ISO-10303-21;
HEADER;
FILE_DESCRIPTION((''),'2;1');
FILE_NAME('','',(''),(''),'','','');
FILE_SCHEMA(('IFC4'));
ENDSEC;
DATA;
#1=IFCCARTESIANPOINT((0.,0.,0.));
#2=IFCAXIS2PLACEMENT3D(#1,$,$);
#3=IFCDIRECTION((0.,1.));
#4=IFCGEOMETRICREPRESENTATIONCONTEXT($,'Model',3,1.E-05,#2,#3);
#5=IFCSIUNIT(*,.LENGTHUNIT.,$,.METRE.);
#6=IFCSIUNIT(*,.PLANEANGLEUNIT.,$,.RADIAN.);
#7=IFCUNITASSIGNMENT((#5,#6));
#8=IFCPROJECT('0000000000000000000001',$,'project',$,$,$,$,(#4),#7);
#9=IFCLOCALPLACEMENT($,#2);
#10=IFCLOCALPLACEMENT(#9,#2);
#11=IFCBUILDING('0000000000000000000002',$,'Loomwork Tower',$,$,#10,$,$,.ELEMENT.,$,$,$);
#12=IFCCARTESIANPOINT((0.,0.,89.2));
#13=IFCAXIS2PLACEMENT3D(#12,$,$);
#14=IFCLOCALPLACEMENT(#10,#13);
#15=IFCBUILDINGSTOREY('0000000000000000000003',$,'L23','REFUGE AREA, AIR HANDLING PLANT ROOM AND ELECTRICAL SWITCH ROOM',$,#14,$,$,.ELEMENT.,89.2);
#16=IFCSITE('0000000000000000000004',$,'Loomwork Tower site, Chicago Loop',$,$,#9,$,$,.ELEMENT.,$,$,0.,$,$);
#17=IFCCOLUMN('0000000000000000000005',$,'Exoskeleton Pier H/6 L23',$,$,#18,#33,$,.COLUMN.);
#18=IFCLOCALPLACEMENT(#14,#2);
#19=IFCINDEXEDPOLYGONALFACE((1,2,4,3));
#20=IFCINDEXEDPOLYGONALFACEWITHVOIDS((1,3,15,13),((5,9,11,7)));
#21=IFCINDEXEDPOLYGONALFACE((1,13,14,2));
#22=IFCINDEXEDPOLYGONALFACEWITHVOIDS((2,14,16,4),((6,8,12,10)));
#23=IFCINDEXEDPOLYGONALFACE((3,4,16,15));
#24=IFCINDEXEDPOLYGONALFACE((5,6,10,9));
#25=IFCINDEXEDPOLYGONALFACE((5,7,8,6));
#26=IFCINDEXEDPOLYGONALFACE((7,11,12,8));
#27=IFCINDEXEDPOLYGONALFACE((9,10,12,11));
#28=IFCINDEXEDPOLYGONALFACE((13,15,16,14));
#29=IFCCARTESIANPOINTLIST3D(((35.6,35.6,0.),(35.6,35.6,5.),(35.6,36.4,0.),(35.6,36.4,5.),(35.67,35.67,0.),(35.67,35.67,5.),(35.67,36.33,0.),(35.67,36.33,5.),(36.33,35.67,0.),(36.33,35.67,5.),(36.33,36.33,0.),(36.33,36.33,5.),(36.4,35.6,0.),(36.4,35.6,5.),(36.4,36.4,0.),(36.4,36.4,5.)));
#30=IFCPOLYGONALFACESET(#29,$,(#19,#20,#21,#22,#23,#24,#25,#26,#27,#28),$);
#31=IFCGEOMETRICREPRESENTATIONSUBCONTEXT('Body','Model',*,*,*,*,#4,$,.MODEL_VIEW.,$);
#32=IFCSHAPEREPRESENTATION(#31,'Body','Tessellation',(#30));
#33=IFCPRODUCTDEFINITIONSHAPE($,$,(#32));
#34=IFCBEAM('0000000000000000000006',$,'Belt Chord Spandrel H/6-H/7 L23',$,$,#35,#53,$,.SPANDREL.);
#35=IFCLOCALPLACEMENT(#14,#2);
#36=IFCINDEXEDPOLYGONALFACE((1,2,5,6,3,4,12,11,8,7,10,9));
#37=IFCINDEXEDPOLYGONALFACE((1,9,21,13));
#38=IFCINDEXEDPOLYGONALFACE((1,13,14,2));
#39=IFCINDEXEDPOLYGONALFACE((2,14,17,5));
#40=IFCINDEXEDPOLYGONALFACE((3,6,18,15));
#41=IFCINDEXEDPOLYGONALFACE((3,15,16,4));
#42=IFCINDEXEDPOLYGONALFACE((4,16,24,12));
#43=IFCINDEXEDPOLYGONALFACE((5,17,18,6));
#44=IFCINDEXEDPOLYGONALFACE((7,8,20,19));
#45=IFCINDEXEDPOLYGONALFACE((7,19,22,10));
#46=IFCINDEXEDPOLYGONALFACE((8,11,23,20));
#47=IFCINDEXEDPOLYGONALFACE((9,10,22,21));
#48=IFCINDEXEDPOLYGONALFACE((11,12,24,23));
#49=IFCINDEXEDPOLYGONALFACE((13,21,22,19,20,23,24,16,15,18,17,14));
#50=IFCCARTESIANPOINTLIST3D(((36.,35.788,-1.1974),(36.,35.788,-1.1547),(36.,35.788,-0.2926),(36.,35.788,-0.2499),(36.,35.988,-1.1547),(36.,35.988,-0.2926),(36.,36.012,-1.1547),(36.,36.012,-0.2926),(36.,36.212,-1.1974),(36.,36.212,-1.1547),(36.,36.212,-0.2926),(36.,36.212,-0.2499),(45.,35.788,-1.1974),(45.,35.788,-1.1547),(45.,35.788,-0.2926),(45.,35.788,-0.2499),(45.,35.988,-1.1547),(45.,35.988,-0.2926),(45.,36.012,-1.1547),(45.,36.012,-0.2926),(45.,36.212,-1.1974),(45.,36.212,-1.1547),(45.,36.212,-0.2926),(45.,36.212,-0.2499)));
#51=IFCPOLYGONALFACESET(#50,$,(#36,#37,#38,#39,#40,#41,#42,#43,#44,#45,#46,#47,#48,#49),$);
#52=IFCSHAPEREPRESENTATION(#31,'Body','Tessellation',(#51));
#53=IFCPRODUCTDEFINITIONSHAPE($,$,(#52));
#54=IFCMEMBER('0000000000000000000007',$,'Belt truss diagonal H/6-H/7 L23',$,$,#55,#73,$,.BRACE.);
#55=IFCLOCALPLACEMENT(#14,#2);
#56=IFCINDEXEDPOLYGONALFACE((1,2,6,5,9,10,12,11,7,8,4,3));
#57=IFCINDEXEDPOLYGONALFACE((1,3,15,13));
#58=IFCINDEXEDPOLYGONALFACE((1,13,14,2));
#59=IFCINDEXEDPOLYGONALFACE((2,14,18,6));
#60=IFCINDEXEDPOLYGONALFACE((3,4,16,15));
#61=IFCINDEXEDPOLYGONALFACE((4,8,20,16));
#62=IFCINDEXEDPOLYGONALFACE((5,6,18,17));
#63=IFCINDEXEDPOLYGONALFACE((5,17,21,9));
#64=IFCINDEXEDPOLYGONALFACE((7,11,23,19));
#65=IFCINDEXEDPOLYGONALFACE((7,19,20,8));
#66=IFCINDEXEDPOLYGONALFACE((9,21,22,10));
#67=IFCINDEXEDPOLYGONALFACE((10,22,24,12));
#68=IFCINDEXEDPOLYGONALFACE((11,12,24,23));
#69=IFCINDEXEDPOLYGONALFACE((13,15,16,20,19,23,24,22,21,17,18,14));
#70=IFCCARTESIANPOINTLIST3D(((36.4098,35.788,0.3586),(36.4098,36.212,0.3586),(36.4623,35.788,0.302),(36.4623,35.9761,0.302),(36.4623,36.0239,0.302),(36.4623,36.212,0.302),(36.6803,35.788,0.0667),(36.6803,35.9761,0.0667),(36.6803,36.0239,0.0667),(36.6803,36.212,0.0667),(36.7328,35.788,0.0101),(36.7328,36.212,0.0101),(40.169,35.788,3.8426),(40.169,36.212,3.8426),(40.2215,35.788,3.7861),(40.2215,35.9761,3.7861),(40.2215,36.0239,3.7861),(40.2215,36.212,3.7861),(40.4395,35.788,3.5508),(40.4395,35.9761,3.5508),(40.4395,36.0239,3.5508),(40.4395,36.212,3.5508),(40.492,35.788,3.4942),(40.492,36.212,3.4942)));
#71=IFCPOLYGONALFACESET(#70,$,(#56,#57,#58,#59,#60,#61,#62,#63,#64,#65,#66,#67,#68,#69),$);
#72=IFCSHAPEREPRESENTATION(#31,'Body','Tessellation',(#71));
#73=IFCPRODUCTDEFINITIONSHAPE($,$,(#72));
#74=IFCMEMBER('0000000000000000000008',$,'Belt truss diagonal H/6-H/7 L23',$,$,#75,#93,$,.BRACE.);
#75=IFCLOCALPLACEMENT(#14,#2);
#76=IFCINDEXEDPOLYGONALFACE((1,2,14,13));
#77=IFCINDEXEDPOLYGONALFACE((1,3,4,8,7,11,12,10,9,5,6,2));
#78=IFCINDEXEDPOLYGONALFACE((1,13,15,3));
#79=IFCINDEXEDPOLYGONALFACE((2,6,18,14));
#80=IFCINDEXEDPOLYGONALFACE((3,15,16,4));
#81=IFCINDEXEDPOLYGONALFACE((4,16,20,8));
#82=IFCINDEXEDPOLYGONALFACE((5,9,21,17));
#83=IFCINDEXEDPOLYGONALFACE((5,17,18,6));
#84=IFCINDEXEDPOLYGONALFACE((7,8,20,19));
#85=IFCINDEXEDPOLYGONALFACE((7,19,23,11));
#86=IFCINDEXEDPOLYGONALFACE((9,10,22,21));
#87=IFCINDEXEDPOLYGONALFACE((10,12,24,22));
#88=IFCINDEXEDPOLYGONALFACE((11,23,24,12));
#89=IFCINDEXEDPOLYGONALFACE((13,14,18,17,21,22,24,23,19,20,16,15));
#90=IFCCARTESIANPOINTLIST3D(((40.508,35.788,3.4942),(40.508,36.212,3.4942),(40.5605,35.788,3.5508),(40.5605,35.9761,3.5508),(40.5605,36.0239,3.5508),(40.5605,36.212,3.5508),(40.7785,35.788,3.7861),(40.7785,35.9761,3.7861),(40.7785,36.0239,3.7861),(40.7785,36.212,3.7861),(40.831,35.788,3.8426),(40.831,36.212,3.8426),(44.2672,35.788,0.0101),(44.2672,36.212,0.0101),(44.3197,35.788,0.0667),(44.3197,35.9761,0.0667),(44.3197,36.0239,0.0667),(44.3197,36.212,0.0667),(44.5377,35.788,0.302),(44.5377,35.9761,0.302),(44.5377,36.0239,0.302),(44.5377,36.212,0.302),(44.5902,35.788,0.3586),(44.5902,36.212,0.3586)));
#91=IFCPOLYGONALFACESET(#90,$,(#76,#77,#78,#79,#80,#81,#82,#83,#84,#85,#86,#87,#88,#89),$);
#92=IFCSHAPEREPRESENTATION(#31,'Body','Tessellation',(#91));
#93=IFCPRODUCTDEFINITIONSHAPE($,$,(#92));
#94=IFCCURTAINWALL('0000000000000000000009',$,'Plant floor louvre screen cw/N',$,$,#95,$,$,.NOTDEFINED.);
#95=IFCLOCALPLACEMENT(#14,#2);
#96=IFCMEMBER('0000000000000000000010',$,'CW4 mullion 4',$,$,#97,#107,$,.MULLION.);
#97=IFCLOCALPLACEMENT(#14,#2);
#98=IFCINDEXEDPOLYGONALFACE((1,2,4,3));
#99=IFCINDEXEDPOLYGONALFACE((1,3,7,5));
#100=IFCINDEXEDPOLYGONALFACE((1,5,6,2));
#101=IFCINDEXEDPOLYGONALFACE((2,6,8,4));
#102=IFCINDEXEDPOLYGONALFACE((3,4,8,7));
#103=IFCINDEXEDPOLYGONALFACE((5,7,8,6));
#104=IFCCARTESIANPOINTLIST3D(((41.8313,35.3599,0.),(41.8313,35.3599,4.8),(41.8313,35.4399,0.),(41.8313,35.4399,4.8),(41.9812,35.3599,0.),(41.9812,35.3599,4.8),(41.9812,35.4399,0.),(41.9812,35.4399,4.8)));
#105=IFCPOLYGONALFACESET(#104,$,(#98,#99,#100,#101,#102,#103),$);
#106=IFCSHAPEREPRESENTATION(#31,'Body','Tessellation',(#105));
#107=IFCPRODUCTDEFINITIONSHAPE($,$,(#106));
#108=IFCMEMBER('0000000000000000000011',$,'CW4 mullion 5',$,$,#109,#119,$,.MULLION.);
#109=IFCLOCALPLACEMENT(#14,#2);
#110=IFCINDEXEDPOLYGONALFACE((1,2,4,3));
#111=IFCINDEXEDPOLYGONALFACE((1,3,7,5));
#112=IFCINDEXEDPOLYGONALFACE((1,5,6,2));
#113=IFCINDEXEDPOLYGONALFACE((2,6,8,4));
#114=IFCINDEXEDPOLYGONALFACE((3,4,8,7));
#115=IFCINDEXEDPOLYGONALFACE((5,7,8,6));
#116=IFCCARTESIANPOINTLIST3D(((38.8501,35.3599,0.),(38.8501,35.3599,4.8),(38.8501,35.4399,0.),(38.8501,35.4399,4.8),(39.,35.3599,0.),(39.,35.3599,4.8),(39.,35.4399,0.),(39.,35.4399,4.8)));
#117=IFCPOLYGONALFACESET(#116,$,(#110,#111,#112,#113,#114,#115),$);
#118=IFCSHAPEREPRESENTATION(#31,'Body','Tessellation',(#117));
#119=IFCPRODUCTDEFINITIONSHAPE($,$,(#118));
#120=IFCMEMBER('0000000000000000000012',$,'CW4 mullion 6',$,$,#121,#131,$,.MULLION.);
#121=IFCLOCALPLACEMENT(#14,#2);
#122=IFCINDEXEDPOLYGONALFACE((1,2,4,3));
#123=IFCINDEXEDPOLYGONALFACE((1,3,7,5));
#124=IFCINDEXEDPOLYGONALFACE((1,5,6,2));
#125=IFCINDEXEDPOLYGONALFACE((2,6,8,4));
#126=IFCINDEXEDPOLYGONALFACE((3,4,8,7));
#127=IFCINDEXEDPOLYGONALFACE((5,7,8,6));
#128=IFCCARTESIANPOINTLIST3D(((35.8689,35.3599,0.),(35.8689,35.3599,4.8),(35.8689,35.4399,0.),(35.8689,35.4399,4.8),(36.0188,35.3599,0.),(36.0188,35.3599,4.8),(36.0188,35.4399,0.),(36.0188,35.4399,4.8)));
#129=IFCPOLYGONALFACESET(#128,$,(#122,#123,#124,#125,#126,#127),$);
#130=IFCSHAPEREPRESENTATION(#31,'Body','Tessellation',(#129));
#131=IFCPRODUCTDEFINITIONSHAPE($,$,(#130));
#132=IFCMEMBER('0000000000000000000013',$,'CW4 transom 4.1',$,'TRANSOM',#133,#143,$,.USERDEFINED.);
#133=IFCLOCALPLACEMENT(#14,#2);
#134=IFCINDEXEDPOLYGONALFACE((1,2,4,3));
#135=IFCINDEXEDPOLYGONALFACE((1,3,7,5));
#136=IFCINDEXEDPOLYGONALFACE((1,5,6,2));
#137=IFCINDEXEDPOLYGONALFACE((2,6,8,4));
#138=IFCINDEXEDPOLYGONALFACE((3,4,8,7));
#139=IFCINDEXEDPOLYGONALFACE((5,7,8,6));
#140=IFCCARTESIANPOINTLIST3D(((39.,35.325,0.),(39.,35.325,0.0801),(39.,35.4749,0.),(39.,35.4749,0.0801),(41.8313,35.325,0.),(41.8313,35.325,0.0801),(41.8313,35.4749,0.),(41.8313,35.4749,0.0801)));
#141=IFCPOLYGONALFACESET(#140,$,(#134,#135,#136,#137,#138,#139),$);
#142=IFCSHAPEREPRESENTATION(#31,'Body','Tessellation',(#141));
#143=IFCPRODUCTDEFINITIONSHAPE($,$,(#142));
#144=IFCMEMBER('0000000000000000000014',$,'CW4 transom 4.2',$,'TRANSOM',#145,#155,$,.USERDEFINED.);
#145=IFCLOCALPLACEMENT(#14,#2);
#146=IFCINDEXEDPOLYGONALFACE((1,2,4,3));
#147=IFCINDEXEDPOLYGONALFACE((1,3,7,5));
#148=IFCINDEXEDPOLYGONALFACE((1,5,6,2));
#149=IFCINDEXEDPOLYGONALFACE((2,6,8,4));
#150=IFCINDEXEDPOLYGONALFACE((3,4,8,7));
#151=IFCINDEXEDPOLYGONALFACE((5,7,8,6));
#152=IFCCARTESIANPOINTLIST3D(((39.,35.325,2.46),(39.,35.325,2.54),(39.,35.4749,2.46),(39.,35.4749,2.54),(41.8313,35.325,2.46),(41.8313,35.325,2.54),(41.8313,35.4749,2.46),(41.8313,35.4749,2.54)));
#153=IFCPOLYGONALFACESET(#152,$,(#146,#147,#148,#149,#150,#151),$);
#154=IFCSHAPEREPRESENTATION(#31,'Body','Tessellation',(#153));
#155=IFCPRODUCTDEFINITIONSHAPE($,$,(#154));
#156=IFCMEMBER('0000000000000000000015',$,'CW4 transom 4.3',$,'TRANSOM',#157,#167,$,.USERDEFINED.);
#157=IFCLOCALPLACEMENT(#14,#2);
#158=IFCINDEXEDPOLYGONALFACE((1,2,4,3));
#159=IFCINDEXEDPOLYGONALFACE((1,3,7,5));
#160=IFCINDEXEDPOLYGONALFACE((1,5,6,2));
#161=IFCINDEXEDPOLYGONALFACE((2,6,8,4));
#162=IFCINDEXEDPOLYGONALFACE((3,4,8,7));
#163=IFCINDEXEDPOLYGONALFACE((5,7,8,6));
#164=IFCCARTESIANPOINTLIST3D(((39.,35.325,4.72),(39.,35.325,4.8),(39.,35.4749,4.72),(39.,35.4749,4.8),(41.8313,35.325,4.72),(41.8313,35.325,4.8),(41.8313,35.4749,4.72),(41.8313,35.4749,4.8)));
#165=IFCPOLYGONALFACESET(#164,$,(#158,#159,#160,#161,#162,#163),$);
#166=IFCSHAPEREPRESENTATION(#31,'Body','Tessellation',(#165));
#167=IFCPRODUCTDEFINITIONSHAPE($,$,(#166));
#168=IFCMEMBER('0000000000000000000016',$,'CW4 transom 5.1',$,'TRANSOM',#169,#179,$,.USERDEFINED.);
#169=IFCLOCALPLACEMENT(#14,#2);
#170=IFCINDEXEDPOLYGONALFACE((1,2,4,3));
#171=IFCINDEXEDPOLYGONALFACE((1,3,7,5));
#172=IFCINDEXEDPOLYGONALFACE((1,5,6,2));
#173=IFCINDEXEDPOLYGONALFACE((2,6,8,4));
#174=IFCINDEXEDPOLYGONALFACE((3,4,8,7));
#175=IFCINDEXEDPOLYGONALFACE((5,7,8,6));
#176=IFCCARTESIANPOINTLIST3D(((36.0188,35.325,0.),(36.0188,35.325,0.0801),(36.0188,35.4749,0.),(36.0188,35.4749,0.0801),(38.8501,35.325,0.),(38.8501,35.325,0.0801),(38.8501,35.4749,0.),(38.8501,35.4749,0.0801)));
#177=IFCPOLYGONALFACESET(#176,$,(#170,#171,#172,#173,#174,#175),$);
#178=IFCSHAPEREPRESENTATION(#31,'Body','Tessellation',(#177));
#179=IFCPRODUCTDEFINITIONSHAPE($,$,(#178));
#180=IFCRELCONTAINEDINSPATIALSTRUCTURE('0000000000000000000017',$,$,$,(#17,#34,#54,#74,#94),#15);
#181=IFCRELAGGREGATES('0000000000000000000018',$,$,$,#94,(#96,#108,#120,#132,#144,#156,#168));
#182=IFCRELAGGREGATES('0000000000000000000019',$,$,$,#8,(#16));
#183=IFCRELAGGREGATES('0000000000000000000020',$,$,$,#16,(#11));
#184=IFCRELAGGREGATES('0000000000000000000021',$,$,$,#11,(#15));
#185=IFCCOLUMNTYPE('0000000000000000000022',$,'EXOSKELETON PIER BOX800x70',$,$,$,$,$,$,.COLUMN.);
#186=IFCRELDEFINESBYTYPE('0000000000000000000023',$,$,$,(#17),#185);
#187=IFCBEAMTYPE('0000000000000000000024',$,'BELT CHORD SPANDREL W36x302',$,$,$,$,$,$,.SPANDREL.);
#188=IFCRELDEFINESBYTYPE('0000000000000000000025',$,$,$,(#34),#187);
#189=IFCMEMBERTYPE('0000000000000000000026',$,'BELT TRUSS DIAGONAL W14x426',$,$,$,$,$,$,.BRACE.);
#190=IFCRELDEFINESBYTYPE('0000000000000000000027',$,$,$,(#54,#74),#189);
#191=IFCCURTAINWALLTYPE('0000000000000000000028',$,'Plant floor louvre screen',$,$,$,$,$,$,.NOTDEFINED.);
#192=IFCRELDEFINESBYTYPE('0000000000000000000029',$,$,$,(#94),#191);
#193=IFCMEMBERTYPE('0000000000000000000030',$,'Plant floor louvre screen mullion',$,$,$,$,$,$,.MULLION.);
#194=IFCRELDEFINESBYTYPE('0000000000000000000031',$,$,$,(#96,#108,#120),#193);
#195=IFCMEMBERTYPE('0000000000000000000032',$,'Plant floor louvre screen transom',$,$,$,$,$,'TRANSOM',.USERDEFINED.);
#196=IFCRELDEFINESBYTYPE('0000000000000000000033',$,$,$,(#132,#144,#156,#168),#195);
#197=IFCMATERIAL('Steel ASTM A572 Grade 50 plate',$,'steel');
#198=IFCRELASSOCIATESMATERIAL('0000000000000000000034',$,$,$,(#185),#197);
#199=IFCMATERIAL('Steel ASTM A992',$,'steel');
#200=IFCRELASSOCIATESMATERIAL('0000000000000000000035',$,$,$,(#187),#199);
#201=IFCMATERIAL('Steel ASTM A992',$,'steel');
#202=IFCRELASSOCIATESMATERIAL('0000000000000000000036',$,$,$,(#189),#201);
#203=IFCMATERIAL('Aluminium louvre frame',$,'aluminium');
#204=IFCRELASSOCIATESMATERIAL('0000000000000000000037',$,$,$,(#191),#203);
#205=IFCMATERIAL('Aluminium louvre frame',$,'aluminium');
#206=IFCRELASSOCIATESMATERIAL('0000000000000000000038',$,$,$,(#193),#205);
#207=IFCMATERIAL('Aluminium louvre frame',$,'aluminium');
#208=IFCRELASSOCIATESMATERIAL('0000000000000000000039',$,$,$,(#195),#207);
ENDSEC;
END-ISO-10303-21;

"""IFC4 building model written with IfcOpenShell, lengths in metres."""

from ifc_helpers import new_model, si_unit, direction, frame, origin, origin_2d, place, context, subcontext, project, spatial, rectangle, hollow_rectangle, i_section, extrude, material, material_profile, profile_set, type_object, element, aggregate, save


model = new_model("IFC4")

# Units and contexts
model_context = context("Model", 3, precision=1e-05, world=origin(), true_north=direction((0.0, 1.0)))
body_context = subcontext(model_context, "Body", "Model", "MODEL_VIEW")
ifc_project = project(units=[si_unit("LENGTHUNIT", "METRE"), si_unit("PLANEANGLEUNIT", "RADIAN")], contexts=[model_context])

# Site, building, storey
site_placement = place(None, origin())
site = spatial("IfcSite", under=ifc_project, at=site_placement, Name="Loomwork Tower site, Chicago Loop", CompositionType="ELEMENT", RefElevation=0.0)
building_placement = place(site_placement, origin())
building = spatial("IfcBuilding", under=site, at=building_placement, Name="Loomwork Tower", CompositionType="ELEMENT")
storey_placement = place(building_placement, frame((0.0, 0.0, 89.2)))
storey = spatial("IfcBuildingStorey", under=building, at=storey_placement, Name="L23", Description="REFUGE AREA, AIR HANDLING PLANT ROOM AND ELECTRICAL SWITCH ROOM", CompositionType="ELEMENT", Elevation=89.2)

# Column
ifc_material_1 = material(Name="Steel ASTM A572 Grade 50 plate", Category="steel")
ifc_material_profile_1 = material_profile(ifc_material_1, hollow_rectangle(XDim=0.8, YDim=0.8, WallThickness=0.0701, at=origin_2d()), Name="BOX800x70")
ifc_profile_set_1 = profile_set([ifc_material_profile_1], Name="Steel ASTM A572 Grade 50 plate")
column_type = type_object("IfcColumnType", Name="EXOSKELETON PIER BOX800x70", PredefinedType="COLUMN", material=ifc_profile_set_1)
column_placement = place(storey_placement, frame((36.0, 36.0, 0.0), z_axis=(0.0, 0.0, 1.0), x_axis=(1.0, 0.0, 0.0)))
element("IfcColumn", 1, at=column_placement, inside=storey, type_object=column_type, Name="Exoskeleton Pier H/6 L23", PredefinedType="COLUMN", context=body_context, shape_type="SweptSolid", body=[
    extrude(hollow_rectangle(XDim=0.8, YDim=0.8, WallThickness=0.0701, at=origin_2d()), origin(), (0.0, 0.0, 1.0), 5.0),
])

# Beam
ifc_material_2 = material(Name="Steel ASTM A992", Category="steel")
ifc_material_profile_2 = material_profile(ifc_material_2, i_section(OverallWidth=0.4241, OverallDepth=0.9475, WebThickness=0.0239, FlangeThickness=0.0427, at=origin_2d()), Name="W36x302")
ifc_profile_set_2 = profile_set([ifc_material_profile_2], Name="Steel ASTM A992")
beam_type = type_object("IfcBeamType", Name="BELT CHORD SPANDREL W36x302", PredefinedType="SPANDREL", material=ifc_profile_set_2)
beam_placement = place(storey_placement, frame((36.0, 36.0, -0.7236), z_axis=(1.0, 0.0, 0.0), x_axis=(0.0, 1.0, 0.0)))
element("IfcBeam", 2, at=beam_placement, inside=storey, type_object=beam_type, Name="Belt Chord Spandrel H/6-H/7 L23", PredefinedType="SPANDREL", context=body_context, shape_type="SweptSolid", body=[
    extrude(i_section(OverallWidth=0.4241, OverallDepth=0.9475, WebThickness=0.0239, FlangeThickness=0.0427, at=origin_2d()), origin(), (0.0, 0.0, 1.0), 9.0),
])

# Members
ifc_material_3 = material(Name="Steel ASTM A992", Category="steel")
ifc_material_profile_3 = material_profile(ifc_material_3, i_section(OverallWidth=0.4241, OverallDepth=0.4751, WebThickness=0.0479, FlangeThickness=0.0771, at=origin_2d()), Name="W14x426")
ifc_profile_set_3 = profile_set([ifc_material_profile_3], Name="Steel ASTM A992")
member_type_1 = type_object("IfcMemberType", Name="BELT TRUSS DIAGONAL W14x426", PredefinedType="BRACE", material=ifc_profile_set_3)
for number, where, z_axis, x_axis, name in (
    (3, (36.5713, 36.0, 0.1843), (0.733438, 0.0, 0.679757), (0.0, 1.0, 0.0), "Belt truss diagonal H/6-H/7 L23"),
    (4, (44.4287, 36.0, 0.1843), (-0.733438, 0.0, 0.679757), (0.0, -1.0, 0.0), "Belt truss diagonal H/6-H/7 L23"),
):
    element("IfcMember", number, at=place(storey_placement, frame(where, z_axis=z_axis, x_axis=x_axis)), inside=storey, type_object=member_type_1, Name=name, PredefinedType="BRACE", context=body_context, shape_type="SweptSolid", body=[
        extrude(i_section(OverallWidth=0.4241, OverallDepth=0.4751, WebThickness=0.0479, FlangeThickness=0.0771, at=origin_2d()), origin(), (0.0, 0.0, 1.0), 5.1255),
    ])

# Curtain wall, members
ifc_material_4 = material(Name="Aluminium louvre frame", Category="aluminium")
curtain_wall_type = type_object("IfcCurtainWallType", Name="Plant floor louvre screen", PredefinedType="NOTDEFINED", material=ifc_material_4)
curtain_wall_placement = place(storey_placement, origin())
curtain_wall = element("IfcCurtainWall", 5, at=curtain_wall_placement, inside=storey, type_object=curtain_wall_type, Name="Plant floor louvre screen cw/N", PredefinedType="NOTDEFINED")
ifc_material_5 = material(Name="Aluminium louvre frame", Category="aluminium")
ifc_material_profile_4 = material_profile(ifc_material_5, rectangle(XDim=0.0801, YDim=0.1499, at=origin_2d()), Name="AL 80x150")
ifc_profile_set_4 = profile_set([ifc_material_profile_4], Name="Aluminium louvre frame")
member_type_2 = type_object("IfcMemberType", Name="Plant floor louvre screen mullion", PredefinedType="MULLION", material=ifc_profile_set_4)
member_1_placement = place(storey_placement, frame((41.9062, 35.3999, 0.0), z_axis=(0.0, 0.0, 1.0), x_axis=(0.0, -1.0, 0.0)))
member_1 = element("IfcMember", 6, at=member_1_placement, type_object=member_type_2, Name="CW4 mullion 4", PredefinedType="MULLION", context=body_context, shape_type="SweptSolid", body=[
    extrude(rectangle(XDim=0.0801, YDim=0.1499, at=origin_2d()), origin(), (0.0, 0.0, 1.0), 4.8),
])
member_2_placement = place(storey_placement, frame((38.925, 35.3999, 0.0), z_axis=(0.0, 0.0, 1.0), x_axis=(0.0, -1.0, 0.0)))
member_2 = element("IfcMember", 7, at=member_2_placement, type_object=member_type_2, Name="CW4 mullion 5", PredefinedType="MULLION", context=body_context, shape_type="SweptSolid", body=[
    extrude(rectangle(XDim=0.0801, YDim=0.1499, at=origin_2d()), origin(), (0.0, 0.0, 1.0), 4.8),
])
member_3_placement = place(storey_placement, frame((35.9438, 35.3999, 0.0), z_axis=(0.0, 0.0, 1.0), x_axis=(0.0, -1.0, 0.0)))
member_3 = element("IfcMember", 8, at=member_3_placement, type_object=member_type_2, Name="CW4 mullion 6", PredefinedType="MULLION", context=body_context, shape_type="SweptSolid", body=[
    extrude(rectangle(XDim=0.0801, YDim=0.1499, at=origin_2d()), origin(), (0.0, 0.0, 1.0), 4.8),
])
ifc_material_6 = material(Name="Aluminium louvre frame", Category="aluminium")
ifc_material_profile_5 = material_profile(ifc_material_6, rectangle(XDim=0.1499, YDim=0.0801, at=origin_2d()), Name="AL 80x150")
ifc_profile_set_5 = profile_set([ifc_material_profile_5], Name="Aluminium louvre frame")
member_type_3 = type_object("IfcMemberType", Name="Plant floor louvre screen transom", ElementType="TRANSOM", PredefinedType="USERDEFINED", material=ifc_profile_set_5)
member_4_placement = place(storey_placement, frame((41.8313, 35.3999, 0.04), z_axis=(-1.0, 0.0, 0.0), x_axis=(0.0, -1.0, 0.0)))
member_4 = element("IfcMember", 9, at=member_4_placement, type_object=member_type_3, Name="CW4 transom 4.1", ObjectType="TRANSOM", PredefinedType="USERDEFINED", context=body_context, shape_type="SweptSolid", body=[
    extrude(rectangle(XDim=0.1499, YDim=0.0801, at=origin_2d()), origin(), (0.0, 0.0, 1.0), 2.8313),
])
member_5_placement = place(storey_placement, frame((41.8313, 35.3999, 2.5), z_axis=(-1.0, 0.0, 0.0), x_axis=(0.0, -1.0, 0.0)))
member_5 = element("IfcMember", 10, at=member_5_placement, type_object=member_type_3, Name="CW4 transom 4.2", ObjectType="TRANSOM", PredefinedType="USERDEFINED", context=body_context, shape_type="SweptSolid", body=[
    extrude(rectangle(XDim=0.1499, YDim=0.0801, at=origin_2d()), origin(), (0.0, 0.0, 1.0), 2.8313),
])
member_6_placement = place(storey_placement, frame((41.8313, 35.3999, 4.76), z_axis=(-1.0, 0.0, 0.0), x_axis=(0.0, -1.0, 0.0)))
member_6 = element("IfcMember", 11, at=member_6_placement, type_object=member_type_3, Name="CW4 transom 4.3", ObjectType="TRANSOM", PredefinedType="USERDEFINED", context=body_context, shape_type="SweptSolid", body=[
    extrude(rectangle(XDim=0.1499, YDim=0.0801, at=origin_2d()), origin(), (0.0, 0.0, 1.0), 2.8313),
])
member_7_placement = place(storey_placement, frame((38.8501, 35.3999, 0.04), z_axis=(-1.0, 0.0, 0.0), x_axis=(0.0, -1.0, 0.0)))
member_7 = element("IfcMember", 12, at=member_7_placement, type_object=member_type_3, Name="CW4 transom 5.1", ObjectType="TRANSOM", PredefinedType="USERDEFINED", context=body_context, shape_type="SweptSolid", body=[
    extrude(rectangle(XDim=0.1499, YDim=0.0801, at=origin_2d()), origin(), (0.0, 0.0, 1.0), 2.8313),
])
aggregate(curtain_wall, [member_1, member_2, member_3, member_4, member_5, member_6, member_7])

save(model, "model.ifc")
